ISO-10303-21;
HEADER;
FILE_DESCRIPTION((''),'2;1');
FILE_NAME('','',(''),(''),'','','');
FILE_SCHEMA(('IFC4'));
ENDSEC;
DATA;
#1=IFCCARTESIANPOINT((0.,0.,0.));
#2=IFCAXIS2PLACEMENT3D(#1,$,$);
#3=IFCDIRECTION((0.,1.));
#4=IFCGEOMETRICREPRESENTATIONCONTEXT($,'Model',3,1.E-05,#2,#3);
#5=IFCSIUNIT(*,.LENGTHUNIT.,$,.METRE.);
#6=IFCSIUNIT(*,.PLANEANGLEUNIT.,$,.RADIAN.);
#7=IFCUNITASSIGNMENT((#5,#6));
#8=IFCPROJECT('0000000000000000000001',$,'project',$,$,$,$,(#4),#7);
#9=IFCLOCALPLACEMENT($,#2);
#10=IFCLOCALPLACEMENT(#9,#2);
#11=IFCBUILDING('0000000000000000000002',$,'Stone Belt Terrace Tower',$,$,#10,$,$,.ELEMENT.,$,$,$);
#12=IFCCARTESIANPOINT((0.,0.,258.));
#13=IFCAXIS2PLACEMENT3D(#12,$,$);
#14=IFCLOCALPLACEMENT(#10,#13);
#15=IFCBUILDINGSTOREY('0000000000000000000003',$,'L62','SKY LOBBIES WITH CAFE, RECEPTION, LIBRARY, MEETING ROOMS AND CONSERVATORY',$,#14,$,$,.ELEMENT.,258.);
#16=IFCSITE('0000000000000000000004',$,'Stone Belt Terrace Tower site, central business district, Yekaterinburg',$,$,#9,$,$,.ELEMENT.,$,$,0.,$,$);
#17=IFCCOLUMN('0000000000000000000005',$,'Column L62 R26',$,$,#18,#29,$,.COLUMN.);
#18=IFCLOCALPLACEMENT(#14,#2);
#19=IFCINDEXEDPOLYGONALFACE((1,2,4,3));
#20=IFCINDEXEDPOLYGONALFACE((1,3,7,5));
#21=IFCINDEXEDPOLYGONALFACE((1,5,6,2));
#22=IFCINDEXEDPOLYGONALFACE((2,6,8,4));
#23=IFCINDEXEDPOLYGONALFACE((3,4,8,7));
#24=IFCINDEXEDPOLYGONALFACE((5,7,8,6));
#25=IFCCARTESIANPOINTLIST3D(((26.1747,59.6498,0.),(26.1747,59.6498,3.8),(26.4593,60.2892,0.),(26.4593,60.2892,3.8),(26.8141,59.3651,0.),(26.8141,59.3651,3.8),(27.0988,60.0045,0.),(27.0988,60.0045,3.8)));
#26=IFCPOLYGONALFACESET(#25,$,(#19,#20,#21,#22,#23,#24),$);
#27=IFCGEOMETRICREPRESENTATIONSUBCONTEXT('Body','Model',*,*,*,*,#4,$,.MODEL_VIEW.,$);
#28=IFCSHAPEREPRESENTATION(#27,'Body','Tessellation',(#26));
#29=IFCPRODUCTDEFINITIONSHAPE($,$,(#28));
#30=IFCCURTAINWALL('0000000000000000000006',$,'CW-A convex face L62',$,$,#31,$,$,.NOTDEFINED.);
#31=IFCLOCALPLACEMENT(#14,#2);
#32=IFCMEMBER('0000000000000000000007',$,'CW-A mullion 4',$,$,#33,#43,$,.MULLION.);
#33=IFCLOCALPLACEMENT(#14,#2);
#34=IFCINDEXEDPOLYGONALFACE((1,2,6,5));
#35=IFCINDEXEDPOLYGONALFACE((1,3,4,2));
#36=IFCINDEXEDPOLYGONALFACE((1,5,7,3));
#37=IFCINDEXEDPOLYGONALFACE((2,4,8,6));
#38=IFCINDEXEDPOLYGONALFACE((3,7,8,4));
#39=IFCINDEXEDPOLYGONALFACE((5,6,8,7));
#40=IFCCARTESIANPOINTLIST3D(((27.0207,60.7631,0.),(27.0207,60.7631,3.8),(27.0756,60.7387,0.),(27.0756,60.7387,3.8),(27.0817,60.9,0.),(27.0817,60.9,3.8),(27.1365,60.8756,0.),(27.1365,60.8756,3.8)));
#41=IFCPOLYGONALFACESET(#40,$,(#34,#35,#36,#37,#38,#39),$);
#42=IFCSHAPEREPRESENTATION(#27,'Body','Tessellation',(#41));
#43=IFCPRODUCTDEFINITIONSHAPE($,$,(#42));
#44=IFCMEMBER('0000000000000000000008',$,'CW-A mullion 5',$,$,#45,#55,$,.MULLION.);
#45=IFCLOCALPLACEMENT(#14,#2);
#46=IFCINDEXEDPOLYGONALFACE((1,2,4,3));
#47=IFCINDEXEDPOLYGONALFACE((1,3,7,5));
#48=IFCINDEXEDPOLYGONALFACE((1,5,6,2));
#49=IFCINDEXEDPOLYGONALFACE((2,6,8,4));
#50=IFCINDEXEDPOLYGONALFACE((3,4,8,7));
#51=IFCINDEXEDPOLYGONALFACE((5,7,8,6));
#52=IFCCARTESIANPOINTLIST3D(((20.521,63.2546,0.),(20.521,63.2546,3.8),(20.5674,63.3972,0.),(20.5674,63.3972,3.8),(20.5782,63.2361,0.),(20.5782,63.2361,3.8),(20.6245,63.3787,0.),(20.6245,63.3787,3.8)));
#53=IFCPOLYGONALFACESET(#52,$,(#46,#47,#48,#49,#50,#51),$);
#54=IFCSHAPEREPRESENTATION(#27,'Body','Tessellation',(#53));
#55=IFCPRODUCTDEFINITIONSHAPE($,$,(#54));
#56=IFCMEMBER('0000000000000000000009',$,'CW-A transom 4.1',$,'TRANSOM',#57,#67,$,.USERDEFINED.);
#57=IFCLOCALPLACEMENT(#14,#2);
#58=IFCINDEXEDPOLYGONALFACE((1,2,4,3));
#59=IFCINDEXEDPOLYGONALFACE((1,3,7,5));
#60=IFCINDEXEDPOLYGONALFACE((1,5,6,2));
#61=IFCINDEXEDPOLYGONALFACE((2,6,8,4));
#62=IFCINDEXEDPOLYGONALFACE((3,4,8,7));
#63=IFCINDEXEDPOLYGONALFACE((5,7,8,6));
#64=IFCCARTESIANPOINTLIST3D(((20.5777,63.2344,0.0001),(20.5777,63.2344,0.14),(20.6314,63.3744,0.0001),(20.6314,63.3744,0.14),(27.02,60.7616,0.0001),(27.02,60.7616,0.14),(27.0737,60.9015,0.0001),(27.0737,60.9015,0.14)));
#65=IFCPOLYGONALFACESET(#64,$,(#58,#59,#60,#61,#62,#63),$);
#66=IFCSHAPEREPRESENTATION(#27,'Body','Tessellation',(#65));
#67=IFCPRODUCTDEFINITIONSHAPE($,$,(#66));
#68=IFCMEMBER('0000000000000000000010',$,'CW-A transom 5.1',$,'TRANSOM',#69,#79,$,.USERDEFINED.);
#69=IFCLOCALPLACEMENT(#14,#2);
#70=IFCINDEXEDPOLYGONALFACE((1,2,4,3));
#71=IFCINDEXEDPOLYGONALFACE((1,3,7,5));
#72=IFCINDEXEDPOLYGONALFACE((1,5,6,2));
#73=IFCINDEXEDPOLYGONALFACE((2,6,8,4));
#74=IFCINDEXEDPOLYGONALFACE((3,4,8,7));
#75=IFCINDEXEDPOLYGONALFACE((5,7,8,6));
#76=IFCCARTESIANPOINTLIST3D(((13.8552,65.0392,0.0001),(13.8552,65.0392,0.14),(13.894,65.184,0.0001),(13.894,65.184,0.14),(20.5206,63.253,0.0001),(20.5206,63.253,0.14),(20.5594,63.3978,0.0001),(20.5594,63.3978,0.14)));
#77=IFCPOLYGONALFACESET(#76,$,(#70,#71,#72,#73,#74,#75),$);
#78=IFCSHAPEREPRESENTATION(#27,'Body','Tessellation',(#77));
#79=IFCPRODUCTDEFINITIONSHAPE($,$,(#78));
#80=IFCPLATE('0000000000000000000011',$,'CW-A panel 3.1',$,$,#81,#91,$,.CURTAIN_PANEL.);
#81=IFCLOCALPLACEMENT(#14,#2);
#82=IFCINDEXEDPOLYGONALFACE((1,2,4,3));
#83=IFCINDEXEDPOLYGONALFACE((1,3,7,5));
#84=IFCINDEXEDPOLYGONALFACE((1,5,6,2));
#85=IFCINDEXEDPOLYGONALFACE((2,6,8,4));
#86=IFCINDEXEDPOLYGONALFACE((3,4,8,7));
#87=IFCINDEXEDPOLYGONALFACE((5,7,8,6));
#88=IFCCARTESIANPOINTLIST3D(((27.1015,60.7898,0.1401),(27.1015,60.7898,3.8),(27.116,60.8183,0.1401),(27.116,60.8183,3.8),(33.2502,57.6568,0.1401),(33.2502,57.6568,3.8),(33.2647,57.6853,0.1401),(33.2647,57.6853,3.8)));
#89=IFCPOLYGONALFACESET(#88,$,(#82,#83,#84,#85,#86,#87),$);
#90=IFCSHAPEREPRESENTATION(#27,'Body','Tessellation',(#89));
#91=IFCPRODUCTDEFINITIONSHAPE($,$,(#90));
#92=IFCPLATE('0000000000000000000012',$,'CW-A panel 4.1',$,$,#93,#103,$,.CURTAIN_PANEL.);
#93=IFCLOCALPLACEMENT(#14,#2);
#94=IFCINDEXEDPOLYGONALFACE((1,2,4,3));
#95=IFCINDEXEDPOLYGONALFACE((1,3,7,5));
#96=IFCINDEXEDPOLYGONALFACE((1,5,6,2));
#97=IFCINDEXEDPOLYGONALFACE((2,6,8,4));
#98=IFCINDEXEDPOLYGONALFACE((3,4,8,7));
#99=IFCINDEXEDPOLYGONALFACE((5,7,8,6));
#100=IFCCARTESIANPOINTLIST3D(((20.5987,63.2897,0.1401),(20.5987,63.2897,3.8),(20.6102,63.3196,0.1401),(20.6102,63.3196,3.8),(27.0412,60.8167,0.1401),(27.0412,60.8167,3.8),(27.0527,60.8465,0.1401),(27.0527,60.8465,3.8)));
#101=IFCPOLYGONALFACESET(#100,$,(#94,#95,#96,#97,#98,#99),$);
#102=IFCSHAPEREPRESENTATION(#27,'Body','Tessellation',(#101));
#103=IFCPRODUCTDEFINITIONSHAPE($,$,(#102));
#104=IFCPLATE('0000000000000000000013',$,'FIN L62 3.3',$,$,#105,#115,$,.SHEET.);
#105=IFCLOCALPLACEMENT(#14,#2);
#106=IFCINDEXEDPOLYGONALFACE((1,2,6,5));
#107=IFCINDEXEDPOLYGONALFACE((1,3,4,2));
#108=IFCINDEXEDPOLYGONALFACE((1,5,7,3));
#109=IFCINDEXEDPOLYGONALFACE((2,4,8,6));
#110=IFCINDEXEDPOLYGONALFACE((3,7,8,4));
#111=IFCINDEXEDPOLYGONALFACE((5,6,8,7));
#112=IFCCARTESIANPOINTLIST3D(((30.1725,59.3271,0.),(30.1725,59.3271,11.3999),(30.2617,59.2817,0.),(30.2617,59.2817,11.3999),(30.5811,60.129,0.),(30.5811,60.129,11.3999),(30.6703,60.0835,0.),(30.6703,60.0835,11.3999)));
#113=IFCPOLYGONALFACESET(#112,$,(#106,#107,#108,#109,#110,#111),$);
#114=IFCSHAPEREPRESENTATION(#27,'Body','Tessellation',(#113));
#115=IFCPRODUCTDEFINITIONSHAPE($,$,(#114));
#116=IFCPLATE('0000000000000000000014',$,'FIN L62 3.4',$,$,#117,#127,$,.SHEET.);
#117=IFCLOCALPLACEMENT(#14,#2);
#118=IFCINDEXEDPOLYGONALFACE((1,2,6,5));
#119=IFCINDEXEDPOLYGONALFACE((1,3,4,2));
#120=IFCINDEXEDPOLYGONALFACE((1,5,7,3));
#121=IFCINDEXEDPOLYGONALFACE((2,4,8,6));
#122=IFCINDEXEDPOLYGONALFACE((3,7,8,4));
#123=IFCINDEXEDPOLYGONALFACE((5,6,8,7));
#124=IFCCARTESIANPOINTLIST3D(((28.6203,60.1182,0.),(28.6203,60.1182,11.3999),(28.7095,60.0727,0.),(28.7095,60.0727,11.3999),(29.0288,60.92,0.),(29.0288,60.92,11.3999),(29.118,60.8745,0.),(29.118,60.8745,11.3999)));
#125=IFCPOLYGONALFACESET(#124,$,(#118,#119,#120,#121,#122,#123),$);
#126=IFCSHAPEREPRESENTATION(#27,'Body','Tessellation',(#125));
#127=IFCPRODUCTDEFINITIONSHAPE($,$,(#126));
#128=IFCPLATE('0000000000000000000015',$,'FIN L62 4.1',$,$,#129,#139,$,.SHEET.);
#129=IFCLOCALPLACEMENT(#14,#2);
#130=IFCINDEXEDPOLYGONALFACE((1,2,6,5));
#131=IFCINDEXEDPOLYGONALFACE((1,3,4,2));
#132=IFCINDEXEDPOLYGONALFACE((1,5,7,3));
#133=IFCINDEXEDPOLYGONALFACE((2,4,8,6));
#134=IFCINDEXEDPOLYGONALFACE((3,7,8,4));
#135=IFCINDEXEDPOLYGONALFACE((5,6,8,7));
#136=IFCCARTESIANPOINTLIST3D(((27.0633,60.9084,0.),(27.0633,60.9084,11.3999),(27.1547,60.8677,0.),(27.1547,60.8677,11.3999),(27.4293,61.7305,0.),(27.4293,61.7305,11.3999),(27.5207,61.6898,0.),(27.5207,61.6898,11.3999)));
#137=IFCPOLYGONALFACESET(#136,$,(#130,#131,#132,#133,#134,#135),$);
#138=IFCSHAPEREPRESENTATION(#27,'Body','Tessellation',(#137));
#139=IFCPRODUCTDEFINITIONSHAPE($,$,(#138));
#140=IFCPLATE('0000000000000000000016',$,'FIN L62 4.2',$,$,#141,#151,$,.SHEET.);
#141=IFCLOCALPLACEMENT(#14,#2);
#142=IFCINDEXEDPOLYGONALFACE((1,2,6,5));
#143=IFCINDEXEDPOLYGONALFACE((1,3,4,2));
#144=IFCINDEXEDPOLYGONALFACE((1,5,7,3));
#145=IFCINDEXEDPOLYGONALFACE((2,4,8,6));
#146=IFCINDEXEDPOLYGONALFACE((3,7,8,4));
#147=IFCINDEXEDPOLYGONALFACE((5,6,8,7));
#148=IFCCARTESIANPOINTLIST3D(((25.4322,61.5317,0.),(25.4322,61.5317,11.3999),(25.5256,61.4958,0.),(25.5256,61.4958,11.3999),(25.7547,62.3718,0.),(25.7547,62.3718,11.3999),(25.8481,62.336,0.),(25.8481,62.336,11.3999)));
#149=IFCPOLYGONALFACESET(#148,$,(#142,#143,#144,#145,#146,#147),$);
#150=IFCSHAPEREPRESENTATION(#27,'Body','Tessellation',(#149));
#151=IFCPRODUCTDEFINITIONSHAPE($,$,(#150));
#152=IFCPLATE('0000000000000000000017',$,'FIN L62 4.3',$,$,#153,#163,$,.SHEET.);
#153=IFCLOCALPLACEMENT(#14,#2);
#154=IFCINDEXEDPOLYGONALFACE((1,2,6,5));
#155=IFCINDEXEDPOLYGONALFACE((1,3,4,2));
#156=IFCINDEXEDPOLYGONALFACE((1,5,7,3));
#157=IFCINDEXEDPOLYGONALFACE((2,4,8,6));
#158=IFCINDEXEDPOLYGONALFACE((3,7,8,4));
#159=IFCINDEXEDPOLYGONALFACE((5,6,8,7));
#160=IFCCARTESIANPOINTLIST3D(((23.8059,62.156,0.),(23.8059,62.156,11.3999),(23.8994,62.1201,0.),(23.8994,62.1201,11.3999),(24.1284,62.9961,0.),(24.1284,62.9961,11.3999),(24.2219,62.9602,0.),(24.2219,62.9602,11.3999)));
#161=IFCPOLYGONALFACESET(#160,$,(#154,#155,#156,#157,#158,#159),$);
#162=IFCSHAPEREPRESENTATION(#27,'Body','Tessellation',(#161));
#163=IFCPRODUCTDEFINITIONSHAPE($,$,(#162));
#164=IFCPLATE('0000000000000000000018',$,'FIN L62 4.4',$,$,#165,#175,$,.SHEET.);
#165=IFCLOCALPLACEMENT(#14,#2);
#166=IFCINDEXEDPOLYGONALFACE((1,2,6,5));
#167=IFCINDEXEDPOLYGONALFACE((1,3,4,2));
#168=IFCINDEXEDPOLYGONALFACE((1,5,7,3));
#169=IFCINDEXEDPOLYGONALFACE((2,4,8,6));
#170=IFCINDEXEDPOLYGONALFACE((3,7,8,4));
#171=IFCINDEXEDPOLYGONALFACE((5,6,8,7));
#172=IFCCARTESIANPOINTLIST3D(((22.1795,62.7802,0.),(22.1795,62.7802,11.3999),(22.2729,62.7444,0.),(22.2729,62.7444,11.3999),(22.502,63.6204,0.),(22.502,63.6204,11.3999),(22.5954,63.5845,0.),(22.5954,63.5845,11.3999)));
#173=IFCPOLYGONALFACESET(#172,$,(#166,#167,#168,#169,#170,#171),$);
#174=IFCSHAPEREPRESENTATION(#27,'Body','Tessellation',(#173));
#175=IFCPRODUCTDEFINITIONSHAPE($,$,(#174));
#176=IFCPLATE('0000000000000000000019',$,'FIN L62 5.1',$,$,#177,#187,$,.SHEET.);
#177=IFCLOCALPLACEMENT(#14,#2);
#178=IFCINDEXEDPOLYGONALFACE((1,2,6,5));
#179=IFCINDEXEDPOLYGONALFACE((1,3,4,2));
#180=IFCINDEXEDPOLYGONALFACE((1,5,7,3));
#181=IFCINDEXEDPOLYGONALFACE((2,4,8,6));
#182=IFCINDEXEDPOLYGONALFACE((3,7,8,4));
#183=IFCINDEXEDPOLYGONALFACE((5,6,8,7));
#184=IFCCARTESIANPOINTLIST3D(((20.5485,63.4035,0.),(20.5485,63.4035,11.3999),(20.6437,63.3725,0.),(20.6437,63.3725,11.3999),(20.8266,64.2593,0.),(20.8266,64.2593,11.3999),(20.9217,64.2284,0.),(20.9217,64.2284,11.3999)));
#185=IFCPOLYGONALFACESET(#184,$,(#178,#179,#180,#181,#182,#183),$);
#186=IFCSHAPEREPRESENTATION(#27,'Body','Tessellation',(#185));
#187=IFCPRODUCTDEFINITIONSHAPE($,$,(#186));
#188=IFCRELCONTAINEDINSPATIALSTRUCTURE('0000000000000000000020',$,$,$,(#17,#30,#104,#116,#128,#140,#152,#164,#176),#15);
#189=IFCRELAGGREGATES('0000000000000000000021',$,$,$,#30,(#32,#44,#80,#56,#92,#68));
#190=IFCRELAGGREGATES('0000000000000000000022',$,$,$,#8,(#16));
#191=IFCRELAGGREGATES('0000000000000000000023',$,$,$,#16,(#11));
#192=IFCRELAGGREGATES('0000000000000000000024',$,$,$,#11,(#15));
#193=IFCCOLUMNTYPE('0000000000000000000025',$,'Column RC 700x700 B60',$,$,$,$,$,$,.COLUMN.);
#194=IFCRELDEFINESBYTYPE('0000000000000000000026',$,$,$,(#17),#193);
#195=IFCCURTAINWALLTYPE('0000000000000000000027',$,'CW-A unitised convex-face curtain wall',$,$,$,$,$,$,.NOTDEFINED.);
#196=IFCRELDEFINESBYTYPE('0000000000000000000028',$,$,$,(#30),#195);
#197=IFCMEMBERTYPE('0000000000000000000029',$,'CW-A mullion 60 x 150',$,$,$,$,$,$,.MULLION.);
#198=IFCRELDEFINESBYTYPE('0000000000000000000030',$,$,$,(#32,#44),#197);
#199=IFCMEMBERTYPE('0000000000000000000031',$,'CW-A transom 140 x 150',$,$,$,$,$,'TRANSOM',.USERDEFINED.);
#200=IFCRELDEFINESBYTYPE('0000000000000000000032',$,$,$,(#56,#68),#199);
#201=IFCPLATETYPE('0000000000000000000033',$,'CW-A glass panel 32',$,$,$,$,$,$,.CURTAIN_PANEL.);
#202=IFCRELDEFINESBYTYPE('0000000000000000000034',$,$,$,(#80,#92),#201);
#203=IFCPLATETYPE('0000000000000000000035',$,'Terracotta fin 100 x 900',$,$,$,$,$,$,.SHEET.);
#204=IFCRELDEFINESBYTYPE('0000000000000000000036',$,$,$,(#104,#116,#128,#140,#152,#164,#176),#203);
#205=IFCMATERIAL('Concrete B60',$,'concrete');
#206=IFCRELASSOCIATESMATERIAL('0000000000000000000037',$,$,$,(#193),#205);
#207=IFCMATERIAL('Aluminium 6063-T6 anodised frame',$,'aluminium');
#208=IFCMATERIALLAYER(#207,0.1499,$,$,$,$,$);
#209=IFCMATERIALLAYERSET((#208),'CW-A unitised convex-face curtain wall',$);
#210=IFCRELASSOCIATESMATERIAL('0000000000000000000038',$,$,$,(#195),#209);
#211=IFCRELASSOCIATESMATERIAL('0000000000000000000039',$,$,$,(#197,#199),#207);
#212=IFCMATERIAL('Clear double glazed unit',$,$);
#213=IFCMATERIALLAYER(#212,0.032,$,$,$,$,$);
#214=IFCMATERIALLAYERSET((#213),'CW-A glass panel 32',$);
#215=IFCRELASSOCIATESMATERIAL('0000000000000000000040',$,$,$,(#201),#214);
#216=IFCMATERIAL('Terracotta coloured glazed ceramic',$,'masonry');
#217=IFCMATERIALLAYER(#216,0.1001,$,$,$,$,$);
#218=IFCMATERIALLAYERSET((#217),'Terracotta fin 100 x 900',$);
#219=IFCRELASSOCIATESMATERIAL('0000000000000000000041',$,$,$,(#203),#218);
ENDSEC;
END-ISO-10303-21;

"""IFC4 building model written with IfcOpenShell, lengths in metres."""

from ifc_helpers import new_model, si_unit, direction, frame, origin, origin_2d, place, context, subcontext, project, spatial, rectangle, extrude, material, layer, layer_set, material_profile, profile_set, type_object, element, aggregate, save


model = new_model("IFC4")

# Units and contexts
model_context = context("Model", 3, precision=1e-05, world=origin(), true_north=direction((0.0, 1.0)))
body_context = subcontext(model_context, "Body", "Model", "MODEL_VIEW")
ifc_project = project(units=[si_unit("LENGTHUNIT", "METRE"), si_unit("PLANEANGLEUNIT", "RADIAN")], contexts=[model_context])

# Site, building, storey
site_placement = place(None, origin())
site = spatial("IfcSite", under=ifc_project, at=site_placement, Name="Stone Belt Terrace Tower site, central business district, Yekaterinburg", CompositionType="ELEMENT", RefElevation=0.0)
building_placement = place(site_placement, origin())
building = spatial("IfcBuilding", under=site, at=building_placement, Name="Stone Belt Terrace Tower", CompositionType="ELEMENT")
storey_placement = place(building_placement, frame((0.0, 0.0, 258.0)))
storey = spatial("IfcBuildingStorey", under=building, at=storey_placement, Name="L62", Description="SKY LOBBIES WITH CAFE, RECEPTION, LIBRARY, MEETING ROOMS AND CONSERVATORY", CompositionType="ELEMENT", Elevation=258.0)

# Column
ifc_material_1 = material(Name="Concrete B60", Category="concrete")
ifc_material_profile_1 = material_profile(ifc_material_1, rectangle(XDim=0.7, YDim=0.7, at=origin_2d()), Name="RC 700x700")
ifc_profile_set_1 = profile_set([ifc_material_profile_1], Name="Concrete B60")
column_type = type_object("IfcColumnType", Name="Column RC 700x700 B60", PredefinedType="COLUMN", material=ifc_profile_set_1)
column_placement = place(storey_placement, frame((26.6367, 59.8271, 0.0), z_axis=(0.0, 0.0, 1.0), x_axis=(0.913545, -0.406737, 0.0)))
element("IfcColumn", 1, at=column_placement, inside=storey, type_object=column_type, Name="Column L62 R26", PredefinedType="COLUMN", context=body_context, shape_type="SweptSolid", body=[
    extrude(rectangle(XDim=0.7, YDim=0.7, at=origin_2d()), origin(), (0.0, 0.0, 1.0), 3.8),
])

# Curtain wall, members, plates
ifc_material_2 = material(Name="Aluminium 6063-T6 anodised frame", Category="aluminium")
ifc_layer_1 = layer(ifc_material_2, 0.1499)
ifc_layer_set_1 = layer_set([ifc_layer_1], Name="CW-A unitised convex-face curtain wall")
curtain_wall_type = type_object("IfcCurtainWallType", Name="CW-A unitised convex-face curtain wall", PredefinedType="NOTDEFINED", material=ifc_layer_set_1)
curtain_wall_placement = place(storey_placement, origin())
curtain_wall = element("IfcCurtainWall", 2, at=curtain_wall_placement, inside=storey, type_object=curtain_wall_type, Name="CW-A convex face L62", PredefinedType="NOTDEFINED")
ifc_material_profile_2 = material_profile(ifc_material_2, rectangle(XDim=0.1499, YDim=0.0601, at=origin_2d()), Name="Aluminium 6063-T6 60x150")
ifc_profile_set_2 = profile_set([ifc_material_profile_2], Name="Aluminium 6063-T6 anodised frame")
member_type_1 = type_object("IfcMemberType", Name="CW-A mullion 60 x 150", PredefinedType="MULLION", material=ifc_profile_set_2)
member_1_placement = place(storey_placement, frame((27.0786, 60.8193, 0.0), z_axis=(0.0, 0.0, 1.0), x_axis=(-0.406737, -0.913545, 0.0)))
member_1 = element("IfcMember", 3, at=member_1_placement, type_object=member_type_1, Name="CW-A mullion 4", PredefinedType="MULLION", context=body_context, shape_type="SweptSolid", body=[
    extrude(rectangle(XDim=0.1499, YDim=0.0601, at=origin_2d()), origin(), (0.0, 0.0, 1.0), 3.8),
])
member_2_placement = place(storey_placement, frame((20.5728, 63.3167, 0.0), z_axis=(0.0, 0.0, 1.0), x_axis=(-0.309017, -0.951057, 0.0)))
member_2 = element("IfcMember", 4, at=member_2_placement, type_object=member_type_1, Name="CW-A mullion 5", PredefinedType="MULLION", context=body_context, shape_type="SweptSolid", body=[
    extrude(rectangle(XDim=0.1499, YDim=0.0601, at=origin_2d()), origin(), (0.0, 0.0, 1.0), 3.8),
])
ifc_material_profile_3 = material_profile(ifc_material_2, rectangle(XDim=0.1499, YDim=0.1399, at=origin_2d()), Name="Aluminium 6063-T6 150x140")
ifc_profile_set_3 = profile_set([ifc_material_profile_3], Name="Aluminium 6063-T6 anodised frame")
member_type_2 = type_object("IfcMemberType", Name="CW-A transom 140 x 150", ElementType="TRANSOM", PredefinedType="USERDEFINED", material=ifc_profile_set_3)
member_3_placement = place(storey_placement, frame((27.0469, 60.8315, 0.0701), z_axis=(-0.933585, 0.358355, 0.0), x_axis=(-0.358355, -0.933585, 0.0)))
member_3 = element("IfcMember", 5, at=member_3_placement, type_object=member_type_2, Name="CW-A transom 4.1", ObjectType="TRANSOM", PredefinedType="USERDEFINED", context=body_context, shape_type="SweptSolid", body=[
    extrude(rectangle(XDim=0.1499, YDim=0.1399, at=origin_2d()), origin(), (0.0, 0.0, 1.0), 6.9006),
])
member_4_placement = place(storey_placement, frame((20.54, 63.3254, 0.0701), z_axis=(-0.965922, 0.258834, 0.0), x_axis=(-0.258834, -0.965922, 0.0)))
member_4 = element("IfcMember", 6, at=member_4_placement, type_object=member_type_2, Name="CW-A transom 5.1", ObjectType="TRANSOM", PredefinedType="USERDEFINED", context=body_context, shape_type="SweptSolid", body=[
    extrude(rectangle(XDim=0.1499, YDim=0.1399, at=origin_2d()), origin(), (0.0, 0.0, 1.0), 6.9006),
])
ifc_material_3 = material(Name="Clear double glazed unit")
ifc_layer_2 = layer(ifc_material_3, 0.032)
ifc_layer_set_2 = layer_set([ifc_layer_2], Name="CW-A glass panel 32")
plate_type_1 = type_object("IfcPlateType", Name="CW-A glass panel 32", PredefinedType="CURTAIN_PANEL", material=ifc_layer_set_2)
plate_1_placement = place(storey_placement, frame((30.1831, 59.2375, 0.1401), z_axis=(0.0, 0.0, 1.0), x_axis=(-0.891007, 0.45399, 0.0)))
plate_1 = element("IfcPlate", 7, at=plate_1_placement, type_object=plate_type_1, Name="CW-A panel 3.1", PredefinedType="CURTAIN_PANEL", context=body_context, shape_type="SweptSolid", body=[
    extrude(rectangle(XDim=6.9009, YDim=0.032, at=origin_2d()), origin(), (0.0, 0.0, 1.0), 3.6599),
])
plate_2_placement = place(storey_placement, frame((23.8257, 62.0681, 0.1401), z_axis=(0.0, 0.0, 1.0), x_axis=(-0.93358, 0.358368, 0.0)))
plate_2 = element("IfcPlate", 8, at=plate_2_placement, type_object=plate_type_1, Name="CW-A panel 4.1", PredefinedType="CURTAIN_PANEL", context=body_context, shape_type="SweptSolid", body=[
    extrude(rectangle(XDim=6.9009, YDim=0.032, at=origin_2d()), origin(), (0.0, 0.0, 1.0), 3.6599),
])
aggregate(curtain_wall, [member_1, member_2, plate_1, member_3, plate_2, member_4])

# Plates
ifc_material_4 = material(Name="Terracotta coloured glazed ceramic", Category="masonry")
ifc_layer_3 = layer(ifc_material_4, 0.1001)
ifc_layer_set_3 = layer_set([ifc_layer_3], Name="Terracotta fin 100 x 900")
plate_type_2 = type_object("IfcPlateType", Name="Terracotta fin 100 x 900", PredefinedType="SHEET", material=ifc_layer_set_3)
for number, where, z_axis, x_axis, name in (
    (9, (30.4214, 59.7053, 0.0), (0.0, 0.0, 1.0), (0.45399, 0.891007, 0.0), "FIN L62 3.3"),
    (10, (28.8691, 60.4963, 0.0), (0.0, 0.0, 1.0), (0.45399, 0.891007, 0.0), "FIN L62 3.4"),
    (11, (27.292, 61.2991, 0.0), (0.0, 0.0, 1.0), (0.406737, 0.913545, 0.0), "FIN L62 4.1"),
    (12, (25.6401, 61.9338, 0.0), (0.0, 0.0, 1.0), (0.358368, 0.93358, 0.0), "FIN L62 4.2"),
    (13, (24.0139, 62.5581, 0.0), (0.0, 0.0, 1.0), (0.358368, 0.93358, 0.0), "FIN L62 4.3"),
    (14, (22.3875, 63.1824, 0.0), (0.0, 0.0, 1.0), (0.358368, 0.93358, 0.0), "FIN L62 4.4"),
    (15, (20.7351, 63.8159, 0.0), (0.0, 0.0, 1.0), (0.309017, 0.951057, 0.0), "FIN L62 5.1"),
):
    element("IfcPlate", number, at=place(storey_placement, frame(where, z_axis=z_axis, x_axis=x_axis)), inside=storey, type_object=plate_type_2, Name=name, PredefinedType="SHEET", context=body_context, shape_type="SweptSolid", body=[
        extrude(rectangle(XDim=0.8999, YDim=0.1001, at=origin_2d()), origin(), (0.0, 0.0, 1.0), 11.3999),
    ])

save(model, "model.ifc")
